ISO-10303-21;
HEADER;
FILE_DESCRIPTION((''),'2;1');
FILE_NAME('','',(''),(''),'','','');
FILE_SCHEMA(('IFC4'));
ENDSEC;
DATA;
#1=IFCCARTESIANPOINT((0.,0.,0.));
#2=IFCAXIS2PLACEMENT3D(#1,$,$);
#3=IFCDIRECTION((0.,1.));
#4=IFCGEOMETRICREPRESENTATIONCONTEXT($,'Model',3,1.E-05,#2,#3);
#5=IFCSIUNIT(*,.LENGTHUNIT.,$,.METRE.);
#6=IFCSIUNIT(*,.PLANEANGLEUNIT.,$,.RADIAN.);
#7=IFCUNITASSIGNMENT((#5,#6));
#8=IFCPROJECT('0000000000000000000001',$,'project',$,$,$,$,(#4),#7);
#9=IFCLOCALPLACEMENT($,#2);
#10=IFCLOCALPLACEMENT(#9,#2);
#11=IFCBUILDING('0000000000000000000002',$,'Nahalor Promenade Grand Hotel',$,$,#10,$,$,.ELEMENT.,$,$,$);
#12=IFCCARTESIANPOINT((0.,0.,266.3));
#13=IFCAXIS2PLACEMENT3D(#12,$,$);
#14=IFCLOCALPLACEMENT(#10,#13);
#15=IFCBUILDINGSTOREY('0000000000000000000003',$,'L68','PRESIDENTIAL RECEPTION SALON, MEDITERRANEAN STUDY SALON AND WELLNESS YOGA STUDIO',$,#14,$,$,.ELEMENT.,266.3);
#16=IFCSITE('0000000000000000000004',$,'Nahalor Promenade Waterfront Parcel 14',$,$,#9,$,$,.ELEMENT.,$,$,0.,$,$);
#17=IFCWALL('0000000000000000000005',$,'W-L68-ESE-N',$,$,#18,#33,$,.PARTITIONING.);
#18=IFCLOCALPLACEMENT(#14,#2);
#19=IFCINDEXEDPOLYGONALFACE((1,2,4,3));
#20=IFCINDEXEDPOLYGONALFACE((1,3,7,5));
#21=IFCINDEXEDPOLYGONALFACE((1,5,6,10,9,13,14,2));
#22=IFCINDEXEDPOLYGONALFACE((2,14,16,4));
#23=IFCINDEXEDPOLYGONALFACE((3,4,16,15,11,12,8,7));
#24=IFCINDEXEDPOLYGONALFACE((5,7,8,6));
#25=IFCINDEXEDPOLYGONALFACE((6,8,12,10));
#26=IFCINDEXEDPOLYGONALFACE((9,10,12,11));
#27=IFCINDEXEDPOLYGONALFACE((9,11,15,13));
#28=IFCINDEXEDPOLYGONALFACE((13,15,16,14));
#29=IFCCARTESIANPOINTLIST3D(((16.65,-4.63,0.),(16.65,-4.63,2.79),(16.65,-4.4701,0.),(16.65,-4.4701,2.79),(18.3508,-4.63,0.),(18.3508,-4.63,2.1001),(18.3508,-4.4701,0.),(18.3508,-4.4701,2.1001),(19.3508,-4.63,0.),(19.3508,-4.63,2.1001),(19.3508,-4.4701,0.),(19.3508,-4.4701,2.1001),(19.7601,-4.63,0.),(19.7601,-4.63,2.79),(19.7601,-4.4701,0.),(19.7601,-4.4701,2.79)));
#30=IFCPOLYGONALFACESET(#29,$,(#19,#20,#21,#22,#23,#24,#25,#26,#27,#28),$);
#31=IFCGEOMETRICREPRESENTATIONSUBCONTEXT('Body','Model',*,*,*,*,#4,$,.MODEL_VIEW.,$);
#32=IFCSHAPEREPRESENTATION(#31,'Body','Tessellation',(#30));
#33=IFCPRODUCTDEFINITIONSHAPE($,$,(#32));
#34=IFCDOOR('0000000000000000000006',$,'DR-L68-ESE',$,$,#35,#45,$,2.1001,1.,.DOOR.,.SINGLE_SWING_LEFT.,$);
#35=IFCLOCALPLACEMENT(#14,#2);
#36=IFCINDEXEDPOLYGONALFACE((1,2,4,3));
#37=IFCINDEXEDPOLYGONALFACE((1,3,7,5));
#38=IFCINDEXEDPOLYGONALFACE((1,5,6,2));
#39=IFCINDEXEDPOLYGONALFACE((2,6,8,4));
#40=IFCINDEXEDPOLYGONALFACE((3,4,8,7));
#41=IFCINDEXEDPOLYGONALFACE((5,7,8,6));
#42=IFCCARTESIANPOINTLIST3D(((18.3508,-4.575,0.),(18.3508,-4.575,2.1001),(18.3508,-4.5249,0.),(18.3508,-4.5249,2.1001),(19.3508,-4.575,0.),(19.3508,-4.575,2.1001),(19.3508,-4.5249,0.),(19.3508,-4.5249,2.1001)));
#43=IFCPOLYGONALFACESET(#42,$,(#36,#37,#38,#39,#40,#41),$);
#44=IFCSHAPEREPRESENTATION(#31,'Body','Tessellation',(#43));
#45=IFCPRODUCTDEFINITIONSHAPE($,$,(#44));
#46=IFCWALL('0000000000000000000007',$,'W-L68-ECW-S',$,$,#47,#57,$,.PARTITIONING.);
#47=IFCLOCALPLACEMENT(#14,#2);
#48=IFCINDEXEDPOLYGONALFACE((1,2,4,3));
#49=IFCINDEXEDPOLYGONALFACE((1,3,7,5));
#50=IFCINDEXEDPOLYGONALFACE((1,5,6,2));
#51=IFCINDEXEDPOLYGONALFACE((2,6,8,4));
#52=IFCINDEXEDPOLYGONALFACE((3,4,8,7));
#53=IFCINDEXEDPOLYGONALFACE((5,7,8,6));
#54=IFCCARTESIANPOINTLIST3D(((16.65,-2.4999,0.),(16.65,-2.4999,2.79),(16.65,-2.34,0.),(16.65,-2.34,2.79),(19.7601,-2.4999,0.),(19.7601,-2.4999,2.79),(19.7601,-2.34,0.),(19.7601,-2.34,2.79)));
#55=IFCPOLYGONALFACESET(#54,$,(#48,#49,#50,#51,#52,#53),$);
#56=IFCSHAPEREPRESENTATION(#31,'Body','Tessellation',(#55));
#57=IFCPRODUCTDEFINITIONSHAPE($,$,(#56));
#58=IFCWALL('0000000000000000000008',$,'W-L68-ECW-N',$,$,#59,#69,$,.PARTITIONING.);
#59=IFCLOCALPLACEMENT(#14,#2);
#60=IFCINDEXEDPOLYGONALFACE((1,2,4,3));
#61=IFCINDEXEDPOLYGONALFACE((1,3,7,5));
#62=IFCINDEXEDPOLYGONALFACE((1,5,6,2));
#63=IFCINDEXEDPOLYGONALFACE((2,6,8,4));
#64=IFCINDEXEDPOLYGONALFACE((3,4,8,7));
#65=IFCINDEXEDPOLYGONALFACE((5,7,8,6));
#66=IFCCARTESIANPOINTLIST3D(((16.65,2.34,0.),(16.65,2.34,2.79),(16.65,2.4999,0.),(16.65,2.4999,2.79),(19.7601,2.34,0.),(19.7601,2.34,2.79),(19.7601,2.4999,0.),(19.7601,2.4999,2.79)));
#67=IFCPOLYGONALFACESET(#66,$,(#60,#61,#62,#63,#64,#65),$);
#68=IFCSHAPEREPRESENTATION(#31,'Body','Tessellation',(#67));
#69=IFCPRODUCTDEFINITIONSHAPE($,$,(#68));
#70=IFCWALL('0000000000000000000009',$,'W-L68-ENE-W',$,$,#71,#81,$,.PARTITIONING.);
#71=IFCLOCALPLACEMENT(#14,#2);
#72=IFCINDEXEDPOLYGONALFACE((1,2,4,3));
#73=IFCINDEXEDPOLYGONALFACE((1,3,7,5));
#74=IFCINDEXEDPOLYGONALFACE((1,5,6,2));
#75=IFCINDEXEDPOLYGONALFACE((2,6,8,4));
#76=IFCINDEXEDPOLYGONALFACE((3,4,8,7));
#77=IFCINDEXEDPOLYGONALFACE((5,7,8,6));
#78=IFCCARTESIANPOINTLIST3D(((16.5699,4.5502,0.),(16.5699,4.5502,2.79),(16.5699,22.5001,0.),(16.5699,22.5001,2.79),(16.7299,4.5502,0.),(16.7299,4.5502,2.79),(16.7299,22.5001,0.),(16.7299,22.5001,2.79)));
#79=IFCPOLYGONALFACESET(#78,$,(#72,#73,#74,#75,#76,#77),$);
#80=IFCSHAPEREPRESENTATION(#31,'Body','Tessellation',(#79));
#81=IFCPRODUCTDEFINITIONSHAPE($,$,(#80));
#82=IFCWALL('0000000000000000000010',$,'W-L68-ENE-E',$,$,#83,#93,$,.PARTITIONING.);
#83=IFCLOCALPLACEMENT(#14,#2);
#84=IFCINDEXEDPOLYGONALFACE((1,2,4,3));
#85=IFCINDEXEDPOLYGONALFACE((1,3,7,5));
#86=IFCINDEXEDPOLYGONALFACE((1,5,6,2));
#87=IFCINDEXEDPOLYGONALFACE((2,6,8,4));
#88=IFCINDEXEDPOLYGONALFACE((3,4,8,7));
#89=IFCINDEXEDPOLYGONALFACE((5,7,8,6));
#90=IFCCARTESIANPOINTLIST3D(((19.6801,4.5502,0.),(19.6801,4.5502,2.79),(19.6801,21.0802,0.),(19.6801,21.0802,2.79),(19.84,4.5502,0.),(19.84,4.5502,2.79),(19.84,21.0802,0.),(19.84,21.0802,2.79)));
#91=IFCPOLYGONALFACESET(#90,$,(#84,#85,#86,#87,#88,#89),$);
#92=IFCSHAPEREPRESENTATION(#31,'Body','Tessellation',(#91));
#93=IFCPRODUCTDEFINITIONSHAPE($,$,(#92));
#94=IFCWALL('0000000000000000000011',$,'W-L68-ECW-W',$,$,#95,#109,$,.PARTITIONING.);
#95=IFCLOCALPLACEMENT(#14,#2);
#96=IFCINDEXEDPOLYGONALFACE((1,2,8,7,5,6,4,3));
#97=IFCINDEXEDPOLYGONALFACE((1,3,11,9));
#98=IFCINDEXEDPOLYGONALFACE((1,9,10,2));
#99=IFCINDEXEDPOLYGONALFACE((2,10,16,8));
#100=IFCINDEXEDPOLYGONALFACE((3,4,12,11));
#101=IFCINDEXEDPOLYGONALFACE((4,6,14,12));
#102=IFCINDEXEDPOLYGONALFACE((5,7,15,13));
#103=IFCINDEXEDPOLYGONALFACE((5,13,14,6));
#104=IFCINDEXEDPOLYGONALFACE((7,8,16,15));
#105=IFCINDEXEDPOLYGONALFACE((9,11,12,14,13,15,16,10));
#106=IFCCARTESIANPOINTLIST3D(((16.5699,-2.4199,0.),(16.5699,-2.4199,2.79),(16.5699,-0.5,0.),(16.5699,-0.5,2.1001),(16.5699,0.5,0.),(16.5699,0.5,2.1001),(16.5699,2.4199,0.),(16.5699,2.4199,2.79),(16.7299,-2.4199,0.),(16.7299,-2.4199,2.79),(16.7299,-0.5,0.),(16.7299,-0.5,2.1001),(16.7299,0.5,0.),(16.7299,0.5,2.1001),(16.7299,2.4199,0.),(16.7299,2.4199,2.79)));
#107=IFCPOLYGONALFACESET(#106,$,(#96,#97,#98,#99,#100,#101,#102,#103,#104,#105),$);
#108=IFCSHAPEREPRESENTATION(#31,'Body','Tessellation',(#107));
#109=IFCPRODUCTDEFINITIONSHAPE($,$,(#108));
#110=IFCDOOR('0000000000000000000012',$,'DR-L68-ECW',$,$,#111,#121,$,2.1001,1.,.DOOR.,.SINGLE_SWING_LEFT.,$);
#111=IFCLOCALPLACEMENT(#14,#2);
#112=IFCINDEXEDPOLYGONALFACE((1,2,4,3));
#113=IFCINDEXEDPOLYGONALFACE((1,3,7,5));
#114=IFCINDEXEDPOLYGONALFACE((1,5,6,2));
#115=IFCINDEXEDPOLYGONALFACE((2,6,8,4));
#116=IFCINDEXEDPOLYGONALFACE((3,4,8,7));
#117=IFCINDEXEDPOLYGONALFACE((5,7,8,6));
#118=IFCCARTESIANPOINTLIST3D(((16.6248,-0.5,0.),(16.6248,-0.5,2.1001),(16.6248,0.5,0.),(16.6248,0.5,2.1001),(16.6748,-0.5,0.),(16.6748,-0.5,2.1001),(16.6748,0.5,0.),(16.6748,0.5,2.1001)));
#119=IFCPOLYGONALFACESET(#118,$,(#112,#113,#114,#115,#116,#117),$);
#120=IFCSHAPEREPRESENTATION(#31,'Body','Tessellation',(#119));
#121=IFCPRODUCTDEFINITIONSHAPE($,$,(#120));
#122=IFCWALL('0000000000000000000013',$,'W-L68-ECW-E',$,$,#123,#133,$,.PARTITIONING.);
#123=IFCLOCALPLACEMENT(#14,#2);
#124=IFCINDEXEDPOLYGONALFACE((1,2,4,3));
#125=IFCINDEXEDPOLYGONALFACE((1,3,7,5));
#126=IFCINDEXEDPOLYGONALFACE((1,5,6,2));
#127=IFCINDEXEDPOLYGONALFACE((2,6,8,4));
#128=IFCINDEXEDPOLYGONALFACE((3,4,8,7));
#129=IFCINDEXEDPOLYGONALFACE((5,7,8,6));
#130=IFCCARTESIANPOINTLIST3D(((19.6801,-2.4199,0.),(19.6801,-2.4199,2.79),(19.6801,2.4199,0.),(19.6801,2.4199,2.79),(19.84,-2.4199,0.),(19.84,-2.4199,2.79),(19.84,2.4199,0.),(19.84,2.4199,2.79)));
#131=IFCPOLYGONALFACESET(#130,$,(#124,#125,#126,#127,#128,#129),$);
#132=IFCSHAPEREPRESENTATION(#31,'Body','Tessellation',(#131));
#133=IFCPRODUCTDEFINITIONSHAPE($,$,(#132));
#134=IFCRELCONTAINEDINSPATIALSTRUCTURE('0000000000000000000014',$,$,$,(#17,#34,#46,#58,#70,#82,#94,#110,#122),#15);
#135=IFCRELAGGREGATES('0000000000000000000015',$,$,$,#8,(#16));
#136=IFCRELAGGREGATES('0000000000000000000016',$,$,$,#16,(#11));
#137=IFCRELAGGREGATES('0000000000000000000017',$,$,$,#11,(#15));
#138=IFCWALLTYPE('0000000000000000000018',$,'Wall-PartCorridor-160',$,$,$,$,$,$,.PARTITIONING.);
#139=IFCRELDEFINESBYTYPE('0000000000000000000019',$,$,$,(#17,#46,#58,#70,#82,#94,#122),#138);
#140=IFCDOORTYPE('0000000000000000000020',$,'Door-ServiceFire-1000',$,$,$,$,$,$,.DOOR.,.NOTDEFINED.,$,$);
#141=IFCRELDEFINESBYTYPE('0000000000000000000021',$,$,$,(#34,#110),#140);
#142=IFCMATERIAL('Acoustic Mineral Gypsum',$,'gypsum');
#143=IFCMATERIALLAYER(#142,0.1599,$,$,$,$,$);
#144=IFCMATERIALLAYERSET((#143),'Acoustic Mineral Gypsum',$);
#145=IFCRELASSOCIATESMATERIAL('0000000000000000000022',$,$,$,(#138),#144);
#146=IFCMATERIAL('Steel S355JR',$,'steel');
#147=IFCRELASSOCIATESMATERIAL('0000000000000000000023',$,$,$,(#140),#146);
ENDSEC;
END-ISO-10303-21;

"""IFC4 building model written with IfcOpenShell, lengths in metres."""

from ifc_helpers import new_model, si_unit, direction, frame, frame_2d, origin, place, context, subcontext, project, spatial, rectangle, extrude, source, transform, mapped, material, layer, layer_set, type_object, element, fill, save


model = new_model("IFC4")

# Units and contexts
model_context = context("Model", 3, precision=1e-05, world=origin(), true_north=direction((0.0, 1.0)))
body_context = subcontext(model_context, "Body", "Model", "MODEL_VIEW")
ifc_project = project(units=[si_unit("LENGTHUNIT", "METRE"), si_unit("PLANEANGLEUNIT", "RADIAN")], contexts=[model_context])

# Site, building, storey
site_placement = place(None, origin())
site = spatial("IfcSite", under=ifc_project, at=site_placement, Name="Nahalor Promenade Waterfront Parcel 14", CompositionType="ELEMENT", RefElevation=0.0)
building_placement = place(site_placement, origin())
building = spatial("IfcBuilding", under=site, at=building_placement, Name="Nahalor Promenade Grand Hotel", CompositionType="ELEMENT")
storey_placement = place(building_placement, frame((0.0, 0.0, 266.3)))
storey = spatial("IfcBuildingStorey", under=building, at=storey_placement, Name="L68", Description="PRESIDENTIAL RECEPTION SALON, MEDITERRANEAN STUDY SALON AND WELLNESS YOGA STUDIO", CompositionType="ELEMENT", Elevation=266.3)

# Shared definitions
ifc_material_1 = material(Name="Steel S355JR", Category="steel")

# Wall, opening, door
ifc_material_2 = material(Name="Acoustic Mineral Gypsum", Category="gypsum")
ifc_layer_1 = layer(ifc_material_2, 0.1599)
ifc_layer_set_1 = layer_set([ifc_layer_1], Name="Acoustic Mineral Gypsum")
wall_type = type_object("IfcWallType", Name="Wall-PartCorridor-160", PredefinedType="PARTITIONING", material=ifc_layer_set_1)
shared_shape_1 = source(origin(), body_context, "Body", "SweptSolid", [
    extrude(rectangle(XDim=3.1101, YDim=0.1599, at=frame_2d((1.5552, 0.0))), origin(), (0.0, 0.0, 1.0), 2.79),
])
door_type = type_object("IfcDoorType", Name="Door-ServiceFire-1000", OperationType="NOTDEFINED", PredefinedType="DOOR", material=ifc_material_1)
shared_shape_2 = source(origin(), body_context, "Body", "SweptSolid", [
    extrude(rectangle(XDim=1.0, YDim=2.1001, at=frame_2d((0.5, 1.05))), frame((0.0, 0.0249, 0.0), z_axis=(0.0, -1.0, 0.0), x_axis=(1.0, 0.0, 0.0)), (0.0, 0.0, 1.0), 0.05),
])
wall_1_placement = place(storey_placement, frame((16.6499, -4.55, 0.0), z_axis=(0.0, 0.0, 1.0), x_axis=(1.0, 0.0, 0.0)))
wall_1 = element("IfcWall", 1, at=wall_1_placement, inside=storey, type_object=wall_type, Name="W-L68-ESE-N", PredefinedType="PARTITIONING", context=body_context, shape_type="MappedRepresentation", body=[
    mapped(shared_shape_1, transform((0.0, 0.0, 0.0), scale=1.0)),
])
opening_1_placement = place(wall_1_placement, frame((1.7009, 0.0, 0.0)))
opening_1 = element("IfcOpeningElement", 2, at=opening_1_placement, cuts=wall_1, PredefinedType="OPENING", context=body_context, shape_type="SweptSolid", body=[
    extrude(rectangle(XDim=1.0, YDim=2.1001, at=frame_2d((0.5, 1.05))), frame((0.0, 0.0898, 0.0), z_axis=(0.0, -1.0, 0.0), x_axis=(1.0, 0.0, 0.0)), (0.0, 0.0, 1.0), 0.1799),
])
door_1_placement = place(opening_1_placement, frame((1.0, 0.0, 0.0), z_axis=(0.0, 0.0, 1.0), x_axis=(-1.0, 0.0, 0.0)))
door_1 = element("IfcDoor", 3, at=door_1_placement, inside=storey, type_object=door_type, Name="DR-L68-ESE", OperationType="SINGLE_SWING_LEFT", OverallHeight=2.1001, OverallWidth=1.0, PredefinedType="DOOR", context=body_context, shape_type="MappedRepresentation", body=[
    mapped(shared_shape_2, transform((0.0, 0.0, 0.0), scale=1.0)),
])
fill(opening_1, door_1)

# Walls
for number, where, z_axis, x_axis, name in (
    (4, (16.6499, -2.4199, 0.0), (0.0, 0.0, 1.0), (1.0, 0.0, 0.0), "W-L68-ECW-S"),
    (5, (16.6499, 2.4199, 0.0), (0.0, 0.0, 1.0), (1.0, 0.0, 0.0), "W-L68-ECW-N"),
):
    element("IfcWall", number, at=place(storey_placement, frame(where, z_axis=z_axis, x_axis=x_axis)), inside=storey, type_object=wall_type, Name=name, PredefinedType="PARTITIONING", context=body_context, shape_type="MappedRepresentation", body=[
        mapped(shared_shape_1, transform((0.0, 0.0, 0.0), scale=1.0)),
    ])
shared_shape_3 = source(origin(), body_context, "Body", "SweptSolid", [
    extrude(rectangle(XDim=17.95, YDim=0.1599, at=frame_2d((8.9751, 0.0))), origin(), (0.0, 0.0, 1.0), 2.79),
])
wall_2_placement = place(storey_placement, frame((16.6499, 4.55, 0.0), z_axis=(0.0, 0.0, 1.0), x_axis=(0.0, 1.0, 0.0)))
element("IfcWall", 6, at=wall_2_placement, inside=storey, type_object=wall_type, Name="W-L68-ENE-W", PredefinedType="PARTITIONING", context=body_context, shape_type="MappedRepresentation", body=[
    mapped(shared_shape_3, transform((0.0, 0.0, 0.0), scale=1.0)),
])
shared_shape_4 = source(origin(), body_context, "Body", "SweptSolid", [
    extrude(rectangle(XDim=16.53, YDim=0.1599, at=frame_2d((8.2651, 0.0))), origin(), (0.0, 0.0, 1.0), 2.79),
])
wall_3_placement = place(storey_placement, frame((19.76, 4.55, 0.0), z_axis=(0.0, 0.0, 1.0), x_axis=(0.0, 1.0, 0.0)))
element("IfcWall", 7, at=wall_3_placement, inside=storey, type_object=wall_type, Name="W-L68-ENE-E", PredefinedType="PARTITIONING", context=body_context, shape_type="MappedRepresentation", body=[
    mapped(shared_shape_4, transform((0.0, 0.0, 0.0), scale=1.0)),
])

# Wall, opening, door
shared_shape_5 = source(origin(), body_context, "Body", "SweptSolid", [
    extrude(rectangle(XDim=4.8398, YDim=0.1599, at=frame_2d((2.4199, 0.0))), origin(), (0.0, 0.0, 1.0), 2.79),
])
wall_4_placement = place(storey_placement, frame((16.6499, -2.4199, 0.0), z_axis=(0.0, 0.0, 1.0), x_axis=(0.0, 1.0, 0.0)))
wall_4 = element("IfcWall", 8, at=wall_4_placement, inside=storey, type_object=wall_type, Name="W-L68-ECW-W", PredefinedType="PARTITIONING", context=body_context, shape_type="MappedRepresentation", body=[
    mapped(shared_shape_5, transform((0.0, 0.0, 0.0), scale=1.0)),
])
opening_2_placement = place(wall_4_placement, frame((1.9199, 0.0, 0.0)))
opening_2 = element("IfcOpeningElement", 9, at=opening_2_placement, cuts=wall_4, PredefinedType="OPENING", context=body_context, shape_type="SweptSolid", body=[
    extrude(rectangle(XDim=1.0, YDim=2.1001, at=frame_2d((0.5, 1.05))), frame((0.0, 0.0898, 0.0), z_axis=(0.0, -1.0, 0.0), x_axis=(1.0, 0.0, 0.0)), (0.0, 0.0, 1.0), 0.1799),
])
door_2_placement = place(opening_2_placement, frame((1.0, 0.0, 0.0), z_axis=(0.0, 0.0, 1.0), x_axis=(-1.0, 0.0, 0.0)))
door_2 = element("IfcDoor", 10, at=door_2_placement, inside=storey, type_object=door_type, Name="DR-L68-ECW", OperationType="SINGLE_SWING_LEFT", OverallHeight=2.1001, OverallWidth=1.0, PredefinedType="DOOR", context=body_context, shape_type="MappedRepresentation", body=[
    mapped(shared_shape_2, transform((0.0, 0.0, 0.0), scale=1.0)),
])
fill(opening_2, door_2)

# Wall
wall_5_placement = place(storey_placement, frame((19.76, -2.4199, 0.0), z_axis=(0.0, 0.0, 1.0), x_axis=(0.0, 1.0, 0.0)))
element("IfcWall", 11, at=wall_5_placement, inside=storey, type_object=wall_type, Name="W-L68-ECW-E", PredefinedType="PARTITIONING", context=body_context, shape_type="MappedRepresentation", body=[
    mapped(shared_shape_5, transform((0.0, 0.0, 0.0), scale=1.0)),
])

save(model, "model.ifc")
